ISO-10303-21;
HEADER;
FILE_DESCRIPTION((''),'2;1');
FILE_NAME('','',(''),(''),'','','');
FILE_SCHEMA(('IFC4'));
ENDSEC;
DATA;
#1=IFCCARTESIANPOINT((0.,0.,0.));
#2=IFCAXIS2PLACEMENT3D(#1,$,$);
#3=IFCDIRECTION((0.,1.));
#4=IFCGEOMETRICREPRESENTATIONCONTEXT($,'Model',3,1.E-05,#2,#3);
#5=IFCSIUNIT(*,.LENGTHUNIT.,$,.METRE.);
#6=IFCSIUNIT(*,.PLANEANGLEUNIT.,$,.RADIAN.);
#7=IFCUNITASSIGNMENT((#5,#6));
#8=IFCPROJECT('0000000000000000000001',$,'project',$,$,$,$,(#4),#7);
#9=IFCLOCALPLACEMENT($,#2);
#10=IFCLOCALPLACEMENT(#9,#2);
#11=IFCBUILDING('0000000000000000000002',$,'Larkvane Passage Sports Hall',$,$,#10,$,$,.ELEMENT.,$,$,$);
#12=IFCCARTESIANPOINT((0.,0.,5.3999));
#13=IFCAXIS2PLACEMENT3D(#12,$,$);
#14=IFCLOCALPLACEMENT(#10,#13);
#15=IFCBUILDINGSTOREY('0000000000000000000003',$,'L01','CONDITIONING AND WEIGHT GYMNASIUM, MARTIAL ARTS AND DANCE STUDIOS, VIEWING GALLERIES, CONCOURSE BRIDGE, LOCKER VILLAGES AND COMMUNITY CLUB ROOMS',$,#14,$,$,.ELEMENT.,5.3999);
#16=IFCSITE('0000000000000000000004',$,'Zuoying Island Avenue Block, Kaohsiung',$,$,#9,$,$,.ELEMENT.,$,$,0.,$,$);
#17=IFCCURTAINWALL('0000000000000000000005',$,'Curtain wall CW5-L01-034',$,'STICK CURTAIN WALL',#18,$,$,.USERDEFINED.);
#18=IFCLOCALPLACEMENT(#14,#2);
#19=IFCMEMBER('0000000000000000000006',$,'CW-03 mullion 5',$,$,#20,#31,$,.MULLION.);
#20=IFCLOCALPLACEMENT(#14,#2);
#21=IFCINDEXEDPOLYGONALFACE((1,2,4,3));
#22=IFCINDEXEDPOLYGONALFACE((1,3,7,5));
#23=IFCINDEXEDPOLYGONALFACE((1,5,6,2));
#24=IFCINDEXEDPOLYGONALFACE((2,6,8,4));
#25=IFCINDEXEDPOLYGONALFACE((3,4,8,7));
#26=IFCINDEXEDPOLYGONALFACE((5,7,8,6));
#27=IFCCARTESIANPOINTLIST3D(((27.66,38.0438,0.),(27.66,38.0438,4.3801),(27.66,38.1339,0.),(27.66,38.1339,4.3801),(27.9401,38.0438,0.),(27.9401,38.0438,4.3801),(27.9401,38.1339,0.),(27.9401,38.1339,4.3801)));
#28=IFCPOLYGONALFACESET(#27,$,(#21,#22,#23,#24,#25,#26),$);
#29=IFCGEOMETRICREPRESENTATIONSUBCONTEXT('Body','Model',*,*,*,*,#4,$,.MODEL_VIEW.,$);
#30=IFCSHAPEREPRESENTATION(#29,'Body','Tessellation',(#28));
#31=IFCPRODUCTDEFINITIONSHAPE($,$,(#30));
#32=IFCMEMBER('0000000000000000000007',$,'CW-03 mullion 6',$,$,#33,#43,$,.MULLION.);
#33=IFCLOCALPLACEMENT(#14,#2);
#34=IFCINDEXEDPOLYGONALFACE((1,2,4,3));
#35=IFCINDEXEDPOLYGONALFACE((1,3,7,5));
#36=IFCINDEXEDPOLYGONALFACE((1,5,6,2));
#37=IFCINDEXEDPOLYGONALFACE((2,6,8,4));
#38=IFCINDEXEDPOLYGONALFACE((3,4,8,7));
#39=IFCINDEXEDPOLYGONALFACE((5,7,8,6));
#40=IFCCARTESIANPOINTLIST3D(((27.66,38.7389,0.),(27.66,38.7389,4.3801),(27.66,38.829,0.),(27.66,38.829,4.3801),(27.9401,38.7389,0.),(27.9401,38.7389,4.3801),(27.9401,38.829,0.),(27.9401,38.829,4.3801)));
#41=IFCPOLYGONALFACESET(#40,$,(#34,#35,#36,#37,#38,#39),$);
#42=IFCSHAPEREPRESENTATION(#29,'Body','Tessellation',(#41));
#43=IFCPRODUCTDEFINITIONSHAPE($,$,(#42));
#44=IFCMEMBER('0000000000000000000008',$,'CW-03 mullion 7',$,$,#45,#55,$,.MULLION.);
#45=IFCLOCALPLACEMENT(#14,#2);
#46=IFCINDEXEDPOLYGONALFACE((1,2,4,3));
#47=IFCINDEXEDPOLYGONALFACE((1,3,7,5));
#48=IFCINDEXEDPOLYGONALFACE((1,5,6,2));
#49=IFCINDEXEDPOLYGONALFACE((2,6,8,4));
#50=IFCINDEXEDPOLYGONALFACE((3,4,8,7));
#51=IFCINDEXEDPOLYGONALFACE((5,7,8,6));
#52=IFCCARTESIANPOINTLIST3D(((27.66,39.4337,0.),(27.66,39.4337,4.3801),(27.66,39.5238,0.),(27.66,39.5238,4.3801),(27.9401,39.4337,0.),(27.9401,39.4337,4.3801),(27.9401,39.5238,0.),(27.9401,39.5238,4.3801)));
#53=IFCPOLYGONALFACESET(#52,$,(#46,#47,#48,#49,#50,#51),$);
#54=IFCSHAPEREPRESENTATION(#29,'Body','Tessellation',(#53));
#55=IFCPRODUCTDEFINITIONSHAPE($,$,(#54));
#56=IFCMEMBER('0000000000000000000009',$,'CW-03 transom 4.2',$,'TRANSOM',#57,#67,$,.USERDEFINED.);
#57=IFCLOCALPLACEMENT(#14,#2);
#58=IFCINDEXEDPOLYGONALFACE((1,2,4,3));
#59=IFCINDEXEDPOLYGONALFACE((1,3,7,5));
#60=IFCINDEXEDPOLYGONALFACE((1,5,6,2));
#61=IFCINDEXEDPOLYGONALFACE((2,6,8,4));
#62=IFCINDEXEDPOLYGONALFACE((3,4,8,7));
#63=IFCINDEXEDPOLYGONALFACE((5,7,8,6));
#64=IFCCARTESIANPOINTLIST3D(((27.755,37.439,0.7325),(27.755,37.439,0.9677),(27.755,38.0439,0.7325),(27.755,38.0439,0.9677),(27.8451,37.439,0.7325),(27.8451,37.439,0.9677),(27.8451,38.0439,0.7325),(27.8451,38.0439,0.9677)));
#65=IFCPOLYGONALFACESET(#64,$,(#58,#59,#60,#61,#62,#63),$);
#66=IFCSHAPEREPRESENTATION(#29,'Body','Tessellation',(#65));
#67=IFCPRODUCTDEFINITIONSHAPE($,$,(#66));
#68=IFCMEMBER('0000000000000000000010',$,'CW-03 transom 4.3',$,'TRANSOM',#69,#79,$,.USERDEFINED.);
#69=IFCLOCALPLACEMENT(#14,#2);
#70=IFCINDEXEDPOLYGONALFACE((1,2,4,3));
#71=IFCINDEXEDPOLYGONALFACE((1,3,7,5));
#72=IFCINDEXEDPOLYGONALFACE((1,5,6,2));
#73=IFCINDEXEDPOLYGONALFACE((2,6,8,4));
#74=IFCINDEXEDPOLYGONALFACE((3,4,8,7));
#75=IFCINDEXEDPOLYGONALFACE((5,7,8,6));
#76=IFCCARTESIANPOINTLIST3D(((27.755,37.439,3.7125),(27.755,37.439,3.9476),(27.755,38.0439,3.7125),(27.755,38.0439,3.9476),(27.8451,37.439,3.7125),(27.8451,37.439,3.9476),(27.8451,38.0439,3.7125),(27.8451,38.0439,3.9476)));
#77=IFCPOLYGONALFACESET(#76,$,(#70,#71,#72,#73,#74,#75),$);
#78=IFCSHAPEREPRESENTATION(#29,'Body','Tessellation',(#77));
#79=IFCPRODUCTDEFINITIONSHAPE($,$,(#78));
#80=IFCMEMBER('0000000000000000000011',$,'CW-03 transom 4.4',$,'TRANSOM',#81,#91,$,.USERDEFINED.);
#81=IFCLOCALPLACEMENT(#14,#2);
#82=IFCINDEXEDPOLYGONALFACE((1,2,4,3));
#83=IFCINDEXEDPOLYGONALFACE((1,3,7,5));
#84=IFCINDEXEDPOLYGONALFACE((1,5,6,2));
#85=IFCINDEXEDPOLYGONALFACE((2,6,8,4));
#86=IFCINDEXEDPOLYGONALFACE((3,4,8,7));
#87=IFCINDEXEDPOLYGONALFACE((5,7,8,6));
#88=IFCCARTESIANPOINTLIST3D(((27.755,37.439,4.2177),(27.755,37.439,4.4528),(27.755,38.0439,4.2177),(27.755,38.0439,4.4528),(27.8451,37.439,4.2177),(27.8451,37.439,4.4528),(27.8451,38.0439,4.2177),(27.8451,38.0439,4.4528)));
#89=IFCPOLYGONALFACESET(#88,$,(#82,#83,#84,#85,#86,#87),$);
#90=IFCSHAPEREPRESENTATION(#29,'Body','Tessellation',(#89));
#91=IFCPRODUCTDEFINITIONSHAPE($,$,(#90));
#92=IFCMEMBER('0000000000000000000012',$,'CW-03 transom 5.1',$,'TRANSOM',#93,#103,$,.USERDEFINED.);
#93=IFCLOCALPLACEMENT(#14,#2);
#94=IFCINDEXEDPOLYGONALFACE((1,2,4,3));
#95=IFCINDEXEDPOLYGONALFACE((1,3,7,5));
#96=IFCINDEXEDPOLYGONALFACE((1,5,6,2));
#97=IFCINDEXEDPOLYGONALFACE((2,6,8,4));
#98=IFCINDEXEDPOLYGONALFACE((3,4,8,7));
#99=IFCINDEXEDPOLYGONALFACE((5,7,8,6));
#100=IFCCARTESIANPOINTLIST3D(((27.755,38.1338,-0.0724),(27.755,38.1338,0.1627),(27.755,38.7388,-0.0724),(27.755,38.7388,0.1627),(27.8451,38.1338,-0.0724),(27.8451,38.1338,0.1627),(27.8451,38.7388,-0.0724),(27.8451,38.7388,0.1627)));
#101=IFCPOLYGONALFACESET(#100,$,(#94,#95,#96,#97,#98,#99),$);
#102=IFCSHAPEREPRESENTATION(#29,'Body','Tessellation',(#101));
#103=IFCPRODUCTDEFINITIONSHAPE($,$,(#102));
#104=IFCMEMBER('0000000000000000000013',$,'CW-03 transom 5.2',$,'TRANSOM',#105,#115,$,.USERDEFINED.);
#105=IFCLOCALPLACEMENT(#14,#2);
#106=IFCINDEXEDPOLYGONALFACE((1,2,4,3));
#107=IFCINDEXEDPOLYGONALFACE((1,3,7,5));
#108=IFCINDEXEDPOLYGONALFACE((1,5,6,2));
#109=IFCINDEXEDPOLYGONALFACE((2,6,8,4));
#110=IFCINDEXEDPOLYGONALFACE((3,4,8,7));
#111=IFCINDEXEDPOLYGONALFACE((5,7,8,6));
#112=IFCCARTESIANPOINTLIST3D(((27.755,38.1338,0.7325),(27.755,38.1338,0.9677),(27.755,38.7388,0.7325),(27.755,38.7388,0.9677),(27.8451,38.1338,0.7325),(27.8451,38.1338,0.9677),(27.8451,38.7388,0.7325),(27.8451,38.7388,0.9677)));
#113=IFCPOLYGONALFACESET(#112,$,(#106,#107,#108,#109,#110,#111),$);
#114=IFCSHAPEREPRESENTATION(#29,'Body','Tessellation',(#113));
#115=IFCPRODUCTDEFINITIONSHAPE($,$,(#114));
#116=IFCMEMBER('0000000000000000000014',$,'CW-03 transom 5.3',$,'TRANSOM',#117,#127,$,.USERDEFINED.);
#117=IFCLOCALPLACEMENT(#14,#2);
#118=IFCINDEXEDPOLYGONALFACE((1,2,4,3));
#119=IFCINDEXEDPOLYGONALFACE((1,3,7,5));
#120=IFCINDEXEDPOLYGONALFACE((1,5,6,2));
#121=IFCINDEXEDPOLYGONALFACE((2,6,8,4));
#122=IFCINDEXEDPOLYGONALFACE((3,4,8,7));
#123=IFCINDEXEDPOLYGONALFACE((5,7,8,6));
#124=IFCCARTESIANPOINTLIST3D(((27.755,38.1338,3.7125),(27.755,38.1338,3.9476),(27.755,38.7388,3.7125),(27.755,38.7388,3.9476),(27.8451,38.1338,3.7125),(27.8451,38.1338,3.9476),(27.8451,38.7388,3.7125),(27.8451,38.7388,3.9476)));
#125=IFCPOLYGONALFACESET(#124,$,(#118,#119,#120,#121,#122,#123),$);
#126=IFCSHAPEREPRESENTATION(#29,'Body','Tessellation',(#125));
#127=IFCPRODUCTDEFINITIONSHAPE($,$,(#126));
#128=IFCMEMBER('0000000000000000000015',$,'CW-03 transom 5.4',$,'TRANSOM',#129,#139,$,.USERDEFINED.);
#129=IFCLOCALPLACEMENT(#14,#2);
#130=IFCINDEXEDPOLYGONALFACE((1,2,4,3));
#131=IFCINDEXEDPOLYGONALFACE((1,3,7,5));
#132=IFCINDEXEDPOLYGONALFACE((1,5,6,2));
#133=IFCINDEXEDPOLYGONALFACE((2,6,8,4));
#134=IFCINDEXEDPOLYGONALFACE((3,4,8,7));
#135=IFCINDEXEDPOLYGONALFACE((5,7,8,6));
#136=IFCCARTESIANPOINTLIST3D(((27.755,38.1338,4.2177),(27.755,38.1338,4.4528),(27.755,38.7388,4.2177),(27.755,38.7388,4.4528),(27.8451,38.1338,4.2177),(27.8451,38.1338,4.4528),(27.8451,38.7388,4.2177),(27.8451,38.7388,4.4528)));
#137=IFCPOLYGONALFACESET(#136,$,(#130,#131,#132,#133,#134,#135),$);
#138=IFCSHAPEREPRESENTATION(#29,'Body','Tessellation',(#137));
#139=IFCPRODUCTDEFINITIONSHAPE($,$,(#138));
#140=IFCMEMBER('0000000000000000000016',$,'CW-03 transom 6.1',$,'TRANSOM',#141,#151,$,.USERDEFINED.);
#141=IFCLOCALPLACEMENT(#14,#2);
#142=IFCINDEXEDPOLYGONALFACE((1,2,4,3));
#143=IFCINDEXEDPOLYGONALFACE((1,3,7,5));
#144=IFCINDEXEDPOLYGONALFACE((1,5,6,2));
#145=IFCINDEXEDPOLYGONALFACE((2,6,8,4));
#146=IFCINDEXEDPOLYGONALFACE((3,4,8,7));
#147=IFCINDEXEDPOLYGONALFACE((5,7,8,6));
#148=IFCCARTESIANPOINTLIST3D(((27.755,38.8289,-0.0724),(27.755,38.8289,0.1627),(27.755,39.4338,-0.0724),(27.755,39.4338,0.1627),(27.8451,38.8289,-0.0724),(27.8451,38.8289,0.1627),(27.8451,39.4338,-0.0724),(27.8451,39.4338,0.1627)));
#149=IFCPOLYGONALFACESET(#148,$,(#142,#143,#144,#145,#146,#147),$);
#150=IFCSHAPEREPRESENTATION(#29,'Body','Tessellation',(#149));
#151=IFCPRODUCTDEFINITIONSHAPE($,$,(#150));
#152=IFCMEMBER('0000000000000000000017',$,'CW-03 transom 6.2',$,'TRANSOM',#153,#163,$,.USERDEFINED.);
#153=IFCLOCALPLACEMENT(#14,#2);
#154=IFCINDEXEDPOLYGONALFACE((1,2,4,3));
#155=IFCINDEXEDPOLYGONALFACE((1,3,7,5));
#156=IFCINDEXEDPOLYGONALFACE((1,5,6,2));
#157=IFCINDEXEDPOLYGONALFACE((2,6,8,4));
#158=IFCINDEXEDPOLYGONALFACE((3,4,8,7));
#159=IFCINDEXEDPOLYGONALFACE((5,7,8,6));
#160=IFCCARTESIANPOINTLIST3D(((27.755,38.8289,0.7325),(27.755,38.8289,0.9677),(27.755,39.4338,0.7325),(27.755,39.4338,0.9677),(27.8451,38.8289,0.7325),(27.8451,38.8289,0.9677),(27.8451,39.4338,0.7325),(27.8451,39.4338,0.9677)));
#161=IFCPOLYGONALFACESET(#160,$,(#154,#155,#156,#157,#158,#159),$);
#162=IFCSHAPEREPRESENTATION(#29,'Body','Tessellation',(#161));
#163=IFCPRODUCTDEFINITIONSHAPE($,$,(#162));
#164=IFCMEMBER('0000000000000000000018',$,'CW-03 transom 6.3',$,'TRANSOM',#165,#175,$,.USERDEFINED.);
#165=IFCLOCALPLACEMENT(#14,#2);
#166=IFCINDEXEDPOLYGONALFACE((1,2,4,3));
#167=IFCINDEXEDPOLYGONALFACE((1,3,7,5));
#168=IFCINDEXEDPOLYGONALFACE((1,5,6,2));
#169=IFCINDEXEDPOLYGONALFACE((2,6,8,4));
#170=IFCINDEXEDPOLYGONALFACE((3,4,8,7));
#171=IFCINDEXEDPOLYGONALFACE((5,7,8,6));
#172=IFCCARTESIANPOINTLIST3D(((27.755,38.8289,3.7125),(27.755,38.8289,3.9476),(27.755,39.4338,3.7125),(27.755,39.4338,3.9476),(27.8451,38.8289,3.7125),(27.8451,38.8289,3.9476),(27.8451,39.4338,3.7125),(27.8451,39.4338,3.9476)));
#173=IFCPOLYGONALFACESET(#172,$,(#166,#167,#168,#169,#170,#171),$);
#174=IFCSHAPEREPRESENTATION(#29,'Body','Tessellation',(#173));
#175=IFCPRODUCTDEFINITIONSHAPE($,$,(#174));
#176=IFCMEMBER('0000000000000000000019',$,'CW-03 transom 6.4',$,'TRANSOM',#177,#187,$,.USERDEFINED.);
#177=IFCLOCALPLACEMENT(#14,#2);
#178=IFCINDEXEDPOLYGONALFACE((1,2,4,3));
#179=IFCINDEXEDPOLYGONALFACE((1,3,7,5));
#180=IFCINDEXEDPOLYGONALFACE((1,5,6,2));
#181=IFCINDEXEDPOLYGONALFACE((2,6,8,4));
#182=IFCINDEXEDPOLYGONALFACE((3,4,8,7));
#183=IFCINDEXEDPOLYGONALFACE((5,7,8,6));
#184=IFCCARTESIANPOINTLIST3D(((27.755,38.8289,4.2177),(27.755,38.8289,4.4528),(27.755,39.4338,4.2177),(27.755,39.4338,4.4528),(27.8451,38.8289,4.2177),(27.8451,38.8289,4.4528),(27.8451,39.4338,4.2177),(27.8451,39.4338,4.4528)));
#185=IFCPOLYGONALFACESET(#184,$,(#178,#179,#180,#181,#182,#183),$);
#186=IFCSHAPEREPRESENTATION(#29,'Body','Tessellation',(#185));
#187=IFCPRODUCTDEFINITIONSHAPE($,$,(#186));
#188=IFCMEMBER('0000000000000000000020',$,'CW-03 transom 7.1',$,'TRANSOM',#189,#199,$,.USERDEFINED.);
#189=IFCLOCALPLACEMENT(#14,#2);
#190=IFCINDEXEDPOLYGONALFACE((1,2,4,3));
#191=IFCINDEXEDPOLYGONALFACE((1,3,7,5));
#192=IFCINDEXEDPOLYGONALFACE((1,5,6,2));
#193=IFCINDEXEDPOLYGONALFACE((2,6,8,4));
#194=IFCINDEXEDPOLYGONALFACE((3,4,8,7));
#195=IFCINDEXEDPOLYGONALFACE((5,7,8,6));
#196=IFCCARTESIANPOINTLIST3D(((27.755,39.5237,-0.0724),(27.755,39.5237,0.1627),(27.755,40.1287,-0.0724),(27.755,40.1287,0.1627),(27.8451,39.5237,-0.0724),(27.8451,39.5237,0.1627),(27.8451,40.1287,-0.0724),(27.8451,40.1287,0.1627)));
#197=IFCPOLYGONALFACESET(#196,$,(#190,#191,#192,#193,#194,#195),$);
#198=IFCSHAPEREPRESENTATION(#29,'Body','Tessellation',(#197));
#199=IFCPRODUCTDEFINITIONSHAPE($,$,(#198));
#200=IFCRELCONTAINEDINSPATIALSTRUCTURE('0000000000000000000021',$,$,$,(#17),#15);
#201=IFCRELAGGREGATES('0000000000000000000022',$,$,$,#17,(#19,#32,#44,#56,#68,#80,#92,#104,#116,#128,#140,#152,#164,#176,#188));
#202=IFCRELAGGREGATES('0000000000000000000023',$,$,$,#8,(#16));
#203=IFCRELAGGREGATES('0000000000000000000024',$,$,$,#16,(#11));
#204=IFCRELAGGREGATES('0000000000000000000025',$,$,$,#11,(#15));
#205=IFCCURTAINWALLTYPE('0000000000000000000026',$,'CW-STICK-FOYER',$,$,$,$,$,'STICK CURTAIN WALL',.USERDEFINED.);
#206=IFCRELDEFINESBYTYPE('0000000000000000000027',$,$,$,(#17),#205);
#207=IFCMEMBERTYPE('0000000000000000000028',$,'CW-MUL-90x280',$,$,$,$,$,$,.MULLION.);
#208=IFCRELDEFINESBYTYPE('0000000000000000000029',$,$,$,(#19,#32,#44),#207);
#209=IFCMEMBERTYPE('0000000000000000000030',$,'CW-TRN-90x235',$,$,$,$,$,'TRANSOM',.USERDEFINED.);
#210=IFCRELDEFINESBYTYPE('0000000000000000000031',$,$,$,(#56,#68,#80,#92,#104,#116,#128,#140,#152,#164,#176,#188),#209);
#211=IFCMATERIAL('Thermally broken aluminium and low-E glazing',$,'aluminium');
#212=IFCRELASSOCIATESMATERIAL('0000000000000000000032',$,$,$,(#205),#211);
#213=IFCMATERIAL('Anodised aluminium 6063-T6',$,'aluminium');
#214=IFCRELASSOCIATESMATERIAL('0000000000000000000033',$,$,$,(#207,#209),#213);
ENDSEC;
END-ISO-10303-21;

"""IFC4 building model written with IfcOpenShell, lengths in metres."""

from ifc_helpers import new_model, si_unit, direction, frame, origin, origin_2d, place, context, subcontext, project, spatial, rectangle, extrude, material, material_profile, profile_set, type_object, element, aggregate, save


model = new_model("IFC4")

# Units and contexts
model_context = context("Model", 3, precision=1e-05, world=origin(), true_north=direction((0.0, 1.0)))
body_context = subcontext(model_context, "Body", "Model", "MODEL_VIEW")
ifc_project = project(units=[si_unit("LENGTHUNIT", "METRE"), si_unit("PLANEANGLEUNIT", "RADIAN")], contexts=[model_context])

# Site, building, storey
site_placement = place(None, origin())
site = spatial("IfcSite", under=ifc_project, at=site_placement, Name="Zuoying Island Avenue Block, Kaohsiung", CompositionType="ELEMENT", RefElevation=0.0)
building_placement = place(site_placement, origin())
building = spatial("IfcBuilding", under=site, at=building_placement, Name="Larkvane Passage Sports Hall", CompositionType="ELEMENT")
storey_placement = place(building_placement, frame((0.0, 0.0, 5.3999)))
storey = spatial("IfcBuildingStorey", under=building, at=storey_placement, Name="L01", Description="CONDITIONING AND WEIGHT GYMNASIUM, MARTIAL ARTS AND DANCE STUDIOS, VIEWING GALLERIES, CONCOURSE BRIDGE, LOCKER VILLAGES AND COMMUNITY CLUB ROOMS", CompositionType="ELEMENT", Elevation=5.3999)

# Curtain wall, members
ifc_material_1 = material(Name="Thermally broken aluminium and low-E glazing", Category="aluminium")
curtain_wall_type = type_object("IfcCurtainWallType", Name="CW-STICK-FOYER", ElementType="STICK CURTAIN WALL", PredefinedType="USERDEFINED", material=ifc_material_1)
curtain_wall_placement = place(storey_placement, origin())
curtain_wall = element("IfcCurtainWall", 1, at=curtain_wall_placement, inside=storey, type_object=curtain_wall_type, Name="Curtain wall CW5-L01-034", ObjectType="STICK CURTAIN WALL", PredefinedType="USERDEFINED")
ifc_material_2 = material(Name="Anodised aluminium 6063-T6", Category="aluminium")
ifc_material_profile_1 = material_profile(ifc_material_2, rectangle(XDim=0.0901, YDim=0.28, at=origin_2d()), Name="ALU-MUL-90x280")
ifc_profile_set_1 = profile_set([ifc_material_profile_1], Name="Anodised aluminium 6063-T6")
member_type_1 = type_object("IfcMemberType", Name="CW-MUL-90x280", PredefinedType="MULLION", material=ifc_profile_set_1)
member_1_placement = place(storey_placement, frame((27.8, 38.0889, 0.0), z_axis=(0.0, 0.0, 1.0), x_axis=(0.0, 1.0, 0.0)))
member_1 = element("IfcMember", 2, at=member_1_placement, type_object=member_type_1, Name="CW-03 mullion 5", PredefinedType="MULLION", context=body_context, shape_type="SweptSolid", body=[
    extrude(rectangle(XDim=0.0901, YDim=0.28, at=origin_2d()), origin(), (0.0, 0.0, 1.0), 4.3801),
])
member_2_placement = place(storey_placement, frame((27.8, 38.7839, 0.0), z_axis=(0.0, 0.0, 1.0), x_axis=(0.0, 1.0, 0.0)))
member_2 = element("IfcMember", 3, at=member_2_placement, type_object=member_type_1, Name="CW-03 mullion 6", PredefinedType="MULLION", context=body_context, shape_type="SweptSolid", body=[
    extrude(rectangle(XDim=0.0901, YDim=0.28, at=origin_2d()), origin(), (0.0, 0.0, 1.0), 4.3801),
])
member_3_placement = place(storey_placement, frame((27.8, 39.4788, 0.0), z_axis=(0.0, 0.0, 1.0), x_axis=(0.0, 1.0, 0.0)))
member_3 = element("IfcMember", 4, at=member_3_placement, type_object=member_type_1, Name="CW-03 mullion 7", PredefinedType="MULLION", context=body_context, shape_type="SweptSolid", body=[
    extrude(rectangle(XDim=0.0901, YDim=0.28, at=origin_2d()), origin(), (0.0, 0.0, 1.0), 4.3801),
])
ifc_material_profile_2 = material_profile(ifc_material_2, rectangle(XDim=0.0901, YDim=0.2351, at=origin_2d()), Name="ALU-TRN-90x235")
ifc_profile_set_2 = profile_set([ifc_material_profile_2], Name="Anodised aluminium 6063-T6")
member_type_2 = type_object("IfcMemberType", Name="CW-TRN-90x235", ElementType="TRANSOM", PredefinedType="USERDEFINED", material=ifc_profile_set_2)
member_4_placement = place(storey_placement, frame((27.8, 37.439, 0.8501), z_axis=(0.0, 1.0, 0.0), x_axis=(-1.0, 0.0, 0.0)))
member_4 = element("IfcMember", 5, at=member_4_placement, type_object=member_type_2, Name="CW-03 transom 4.2", ObjectType="TRANSOM", PredefinedType="USERDEFINED", context=body_context, shape_type="SweptSolid", body=[
    extrude(rectangle(XDim=0.0901, YDim=0.2351, at=origin_2d()), origin(), (0.0, 0.0, 1.0), 0.605),
])
member_5_placement = place(storey_placement, frame((27.8, 37.439, 3.8301), z_axis=(0.0, 1.0, 0.0), x_axis=(-1.0, 0.0, 0.0)))
member_5 = element("IfcMember", 6, at=member_5_placement, type_object=member_type_2, Name="CW-03 transom 4.3", ObjectType="TRANSOM", PredefinedType="USERDEFINED", context=body_context, shape_type="SweptSolid", body=[
    extrude(rectangle(XDim=0.0901, YDim=0.2351, at=origin_2d()), origin(), (0.0, 0.0, 1.0), 0.605),
])
member_6_placement = place(storey_placement, frame((27.8, 37.439, 4.3352), z_axis=(0.0, 1.0, 0.0), x_axis=(-1.0, 0.0, 0.0)))
member_6 = element("IfcMember", 7, at=member_6_placement, type_object=member_type_2, Name="CW-03 transom 4.4", ObjectType="TRANSOM", PredefinedType="USERDEFINED", context=body_context, shape_type="SweptSolid", body=[
    extrude(rectangle(XDim=0.0901, YDim=0.2351, at=origin_2d()), origin(), (0.0, 0.0, 1.0), 0.605),
])
member_7_placement = place(storey_placement, frame((27.8, 38.1338, 0.0452), z_axis=(0.0, 1.0, 0.0), x_axis=(-1.0, 0.0, 0.0)))
member_7 = element("IfcMember", 8, at=member_7_placement, type_object=member_type_2, Name="CW-03 transom 5.1", ObjectType="TRANSOM", PredefinedType="USERDEFINED", context=body_context, shape_type="SweptSolid", body=[
    extrude(rectangle(XDim=0.0901, YDim=0.2351, at=origin_2d()), origin(), (0.0, 0.0, 1.0), 0.605),
])
member_8_placement = place(storey_placement, frame((27.8, 38.1338, 0.8501), z_axis=(0.0, 1.0, 0.0), x_axis=(-1.0, 0.0, 0.0)))
member_8 = element("IfcMember", 9, at=member_8_placement, type_object=member_type_2, Name="CW-03 transom 5.2", ObjectType="TRANSOM", PredefinedType="USERDEFINED", context=body_context, shape_type="SweptSolid", body=[
    extrude(rectangle(XDim=0.0901, YDim=0.2351, at=origin_2d()), origin(), (0.0, 0.0, 1.0), 0.605),
])
member_9_placement = place(storey_placement, frame((27.8, 38.1338, 3.8301), z_axis=(0.0, 1.0, 0.0), x_axis=(-1.0, 0.0, 0.0)))
member_9 = element("IfcMember", 10, at=member_9_placement, type_object=member_type_2, Name="CW-03 transom 5.3", ObjectType="TRANSOM", PredefinedType="USERDEFINED", context=body_context, shape_type="SweptSolid", body=[
    extrude(rectangle(XDim=0.0901, YDim=0.2351, at=origin_2d()), origin(), (0.0, 0.0, 1.0), 0.605),
])
member_10_placement = place(storey_placement, frame((27.8, 38.1338, 4.3352), z_axis=(0.0, 1.0, 0.0), x_axis=(-1.0, 0.0, 0.0)))
member_10 = element("IfcMember", 11, at=member_10_placement, type_object=member_type_2, Name="CW-03 transom 5.4", ObjectType="TRANSOM", PredefinedType="USERDEFINED", context=body_context, shape_type="SweptSolid", body=[
    extrude(rectangle(XDim=0.0901, YDim=0.2351, at=origin_2d()), origin(), (0.0, 0.0, 1.0), 0.605),
])
member_11_placement = place(storey_placement, frame((27.8, 38.8289, 0.0452), z_axis=(0.0, 1.0, 0.0), x_axis=(-1.0, 0.0, 0.0)))
member_11 = element("IfcMember", 12, at=member_11_placement, type_object=member_type_2, Name="CW-03 transom 6.1", ObjectType="TRANSOM", PredefinedType="USERDEFINED", context=body_context, shape_type="SweptSolid", body=[
    extrude(rectangle(XDim=0.0901, YDim=0.2351, at=origin_2d()), origin(), (0.0, 0.0, 1.0), 0.605),
])
member_12_placement = place(storey_placement, frame((27.8, 38.8289, 0.8501), z_axis=(0.0, 1.0, 0.0), x_axis=(-1.0, 0.0, 0.0)))
member_12 = element("IfcMember", 13, at=member_12_placement, type_object=member_type_2, Name="CW-03 transom 6.2", ObjectType="TRANSOM", PredefinedType="USERDEFINED", context=body_context, shape_type="SweptSolid", body=[
    extrude(rectangle(XDim=0.0901, YDim=0.2351, at=origin_2d()), origin(), (0.0, 0.0, 1.0), 0.605),
])
member_13_placement = place(storey_placement, frame((27.8, 38.8289, 3.8301), z_axis=(0.0, 1.0, 0.0), x_axis=(-1.0, 0.0, 0.0)))
member_13 = element("IfcMember", 14, at=member_13_placement, type_object=member_type_2, Name="CW-03 transom 6.3", ObjectType="TRANSOM", PredefinedType="USERDEFINED", context=body_context, shape_type="SweptSolid", body=[
    extrude(rectangle(XDim=0.0901, YDim=0.2351, at=origin_2d()), origin(), (0.0, 0.0, 1.0), 0.605),
])
member_14_placement = place(storey_placement, frame((27.8, 38.8289, 4.3352), z_axis=(0.0, 1.0, 0.0), x_axis=(-1.0, 0.0, 0.0)))
member_14 = element("IfcMember", 15, at=member_14_placement, type_object=member_type_2, Name="CW-03 transom 6.4", ObjectType="TRANSOM", PredefinedType="USERDEFINED", context=body_context, shape_type="SweptSolid", body=[
    extrude(rectangle(XDim=0.0901, YDim=0.2351, at=origin_2d()), origin(), (0.0, 0.0, 1.0), 0.605),
])
member_15_placement = place(storey_placement, frame((27.8, 39.5237, 0.0452), z_axis=(0.0, 1.0, 0.0), x_axis=(-1.0, 0.0, 0.0)))
member_15 = element("IfcMember", 16, at=member_15_placement, type_object=member_type_2, Name="CW-03 transom 7.1", ObjectType="TRANSOM", PredefinedType="USERDEFINED", context=body_context, shape_type="SweptSolid", body=[
    extrude(rectangle(XDim=0.0901, YDim=0.2351, at=origin_2d()), origin(), (0.0, 0.0, 1.0), 0.605),
])
aggregate(curtain_wall, [member_1, member_2, member_3, member_4, member_5, member_6, member_7, member_8, member_9, member_10, member_11, member_12, member_13, member_14, member_15])

save(model, "model.ifc")
